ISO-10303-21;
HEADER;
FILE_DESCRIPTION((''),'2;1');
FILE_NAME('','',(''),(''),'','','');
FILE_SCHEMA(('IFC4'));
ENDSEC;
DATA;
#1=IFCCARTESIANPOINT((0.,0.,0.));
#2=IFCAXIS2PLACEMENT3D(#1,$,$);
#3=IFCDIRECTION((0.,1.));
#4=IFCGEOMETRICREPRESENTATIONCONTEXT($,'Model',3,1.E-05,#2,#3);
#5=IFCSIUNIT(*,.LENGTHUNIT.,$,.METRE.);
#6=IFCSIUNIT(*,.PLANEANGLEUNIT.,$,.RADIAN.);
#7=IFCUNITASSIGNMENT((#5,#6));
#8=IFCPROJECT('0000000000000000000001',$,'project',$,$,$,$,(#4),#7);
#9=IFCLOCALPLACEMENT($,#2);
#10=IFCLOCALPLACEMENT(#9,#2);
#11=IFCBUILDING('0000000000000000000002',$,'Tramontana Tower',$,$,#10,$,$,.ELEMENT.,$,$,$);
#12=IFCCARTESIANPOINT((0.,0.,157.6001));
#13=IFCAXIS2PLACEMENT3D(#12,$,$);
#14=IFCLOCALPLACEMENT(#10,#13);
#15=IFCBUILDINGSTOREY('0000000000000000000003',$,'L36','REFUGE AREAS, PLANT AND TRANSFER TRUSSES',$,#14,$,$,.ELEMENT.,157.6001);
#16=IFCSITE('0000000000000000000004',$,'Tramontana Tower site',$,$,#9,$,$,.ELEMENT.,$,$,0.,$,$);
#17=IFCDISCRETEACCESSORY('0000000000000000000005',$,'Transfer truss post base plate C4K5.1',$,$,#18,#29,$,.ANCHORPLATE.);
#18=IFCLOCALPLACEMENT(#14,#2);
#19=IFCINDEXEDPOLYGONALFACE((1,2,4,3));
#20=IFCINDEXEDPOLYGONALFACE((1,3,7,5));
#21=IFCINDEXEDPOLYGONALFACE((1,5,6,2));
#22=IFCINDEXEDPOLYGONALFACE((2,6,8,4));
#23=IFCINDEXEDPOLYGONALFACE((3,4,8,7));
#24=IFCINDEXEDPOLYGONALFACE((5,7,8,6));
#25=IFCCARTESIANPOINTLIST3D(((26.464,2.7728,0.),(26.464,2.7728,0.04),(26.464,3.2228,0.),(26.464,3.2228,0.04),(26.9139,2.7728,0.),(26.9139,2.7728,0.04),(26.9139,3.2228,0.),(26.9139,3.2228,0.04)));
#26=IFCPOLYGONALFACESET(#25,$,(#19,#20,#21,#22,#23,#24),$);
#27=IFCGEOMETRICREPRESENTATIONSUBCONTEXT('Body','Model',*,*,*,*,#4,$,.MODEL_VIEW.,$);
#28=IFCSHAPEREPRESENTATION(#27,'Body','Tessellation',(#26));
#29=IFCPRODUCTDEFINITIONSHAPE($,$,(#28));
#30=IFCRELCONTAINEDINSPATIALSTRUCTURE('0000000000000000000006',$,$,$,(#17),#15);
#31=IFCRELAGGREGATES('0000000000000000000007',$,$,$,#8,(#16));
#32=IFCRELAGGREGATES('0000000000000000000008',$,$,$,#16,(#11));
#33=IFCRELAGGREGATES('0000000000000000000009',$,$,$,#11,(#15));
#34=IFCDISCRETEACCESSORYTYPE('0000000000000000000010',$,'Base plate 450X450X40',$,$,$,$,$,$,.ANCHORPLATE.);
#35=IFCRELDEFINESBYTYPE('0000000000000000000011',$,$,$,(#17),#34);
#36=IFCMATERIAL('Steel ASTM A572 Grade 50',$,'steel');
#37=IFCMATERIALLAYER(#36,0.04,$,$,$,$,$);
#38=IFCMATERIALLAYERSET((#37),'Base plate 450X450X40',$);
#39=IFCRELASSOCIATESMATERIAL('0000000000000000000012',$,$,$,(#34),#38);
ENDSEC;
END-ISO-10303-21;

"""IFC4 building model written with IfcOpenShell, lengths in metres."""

from ifc_helpers import new_model, si_unit, direction, frame, origin, origin_2d, place, context, subcontext, project, spatial, rectangle, extrude, material, layer, layer_set, type_object, element, save


model = new_model("IFC4")

# Units and contexts
model_context = context("Model", 3, precision=1e-05, world=origin(), true_north=direction((0.0, 1.0)))
body_context = subcontext(model_context, "Body", "Model", "MODEL_VIEW")
ifc_project = project(units=[si_unit("LENGTHUNIT", "METRE"), si_unit("PLANEANGLEUNIT", "RADIAN")], contexts=[model_context])

# Site, building, storey
site_placement = place(None, origin())
site = spatial("IfcSite", under=ifc_project, at=site_placement, Name="Tramontana Tower site", CompositionType="ELEMENT", RefElevation=0.0)
building_placement = place(site_placement, origin())
building = spatial("IfcBuilding", under=site, at=building_placement, Name="Tramontana Tower", CompositionType="ELEMENT")
storey_placement = place(building_placement, frame((0.0, 0.0, 157.6001)))
storey = spatial("IfcBuildingStorey", under=building, at=storey_placement, Name="L36", Description="REFUGE AREAS, PLANT AND TRANSFER TRUSSES", CompositionType="ELEMENT", Elevation=157.6001)

# Discrete accessory
ifc_material_1 = material(Name="Steel ASTM A572 Grade 50", Category="steel")
ifc_layer = layer(ifc_material_1, 0.04)
ifc_layer_set = layer_set([ifc_layer], Name="Base plate 450X450X40")
discrete_accessory_type = type_object("IfcDiscreteAccessoryType", Name="Base plate 450X450X40", PredefinedType="ANCHORPLATE", material=ifc_layer_set)
discrete_accessory_placement = place(storey_placement, frame((26.689, 2.9978, 0.0), z_axis=(0.0, 0.0, 1.0), x_axis=(1.0, 0.0, 0.0)))
element("IfcDiscreteAccessory", 1, at=discrete_accessory_placement, inside=storey, type_object=discrete_accessory_type, Name="Transfer truss post base plate C4K5.1", PredefinedType="ANCHORPLATE", context=body_context, shape_type="SweptSolid", body=[
    extrude(rectangle(XDim=0.45, YDim=0.45, at=origin_2d()), origin(), (0.0, 0.0, 1.0), 0.04),
])

save(model, "model.ifc")
